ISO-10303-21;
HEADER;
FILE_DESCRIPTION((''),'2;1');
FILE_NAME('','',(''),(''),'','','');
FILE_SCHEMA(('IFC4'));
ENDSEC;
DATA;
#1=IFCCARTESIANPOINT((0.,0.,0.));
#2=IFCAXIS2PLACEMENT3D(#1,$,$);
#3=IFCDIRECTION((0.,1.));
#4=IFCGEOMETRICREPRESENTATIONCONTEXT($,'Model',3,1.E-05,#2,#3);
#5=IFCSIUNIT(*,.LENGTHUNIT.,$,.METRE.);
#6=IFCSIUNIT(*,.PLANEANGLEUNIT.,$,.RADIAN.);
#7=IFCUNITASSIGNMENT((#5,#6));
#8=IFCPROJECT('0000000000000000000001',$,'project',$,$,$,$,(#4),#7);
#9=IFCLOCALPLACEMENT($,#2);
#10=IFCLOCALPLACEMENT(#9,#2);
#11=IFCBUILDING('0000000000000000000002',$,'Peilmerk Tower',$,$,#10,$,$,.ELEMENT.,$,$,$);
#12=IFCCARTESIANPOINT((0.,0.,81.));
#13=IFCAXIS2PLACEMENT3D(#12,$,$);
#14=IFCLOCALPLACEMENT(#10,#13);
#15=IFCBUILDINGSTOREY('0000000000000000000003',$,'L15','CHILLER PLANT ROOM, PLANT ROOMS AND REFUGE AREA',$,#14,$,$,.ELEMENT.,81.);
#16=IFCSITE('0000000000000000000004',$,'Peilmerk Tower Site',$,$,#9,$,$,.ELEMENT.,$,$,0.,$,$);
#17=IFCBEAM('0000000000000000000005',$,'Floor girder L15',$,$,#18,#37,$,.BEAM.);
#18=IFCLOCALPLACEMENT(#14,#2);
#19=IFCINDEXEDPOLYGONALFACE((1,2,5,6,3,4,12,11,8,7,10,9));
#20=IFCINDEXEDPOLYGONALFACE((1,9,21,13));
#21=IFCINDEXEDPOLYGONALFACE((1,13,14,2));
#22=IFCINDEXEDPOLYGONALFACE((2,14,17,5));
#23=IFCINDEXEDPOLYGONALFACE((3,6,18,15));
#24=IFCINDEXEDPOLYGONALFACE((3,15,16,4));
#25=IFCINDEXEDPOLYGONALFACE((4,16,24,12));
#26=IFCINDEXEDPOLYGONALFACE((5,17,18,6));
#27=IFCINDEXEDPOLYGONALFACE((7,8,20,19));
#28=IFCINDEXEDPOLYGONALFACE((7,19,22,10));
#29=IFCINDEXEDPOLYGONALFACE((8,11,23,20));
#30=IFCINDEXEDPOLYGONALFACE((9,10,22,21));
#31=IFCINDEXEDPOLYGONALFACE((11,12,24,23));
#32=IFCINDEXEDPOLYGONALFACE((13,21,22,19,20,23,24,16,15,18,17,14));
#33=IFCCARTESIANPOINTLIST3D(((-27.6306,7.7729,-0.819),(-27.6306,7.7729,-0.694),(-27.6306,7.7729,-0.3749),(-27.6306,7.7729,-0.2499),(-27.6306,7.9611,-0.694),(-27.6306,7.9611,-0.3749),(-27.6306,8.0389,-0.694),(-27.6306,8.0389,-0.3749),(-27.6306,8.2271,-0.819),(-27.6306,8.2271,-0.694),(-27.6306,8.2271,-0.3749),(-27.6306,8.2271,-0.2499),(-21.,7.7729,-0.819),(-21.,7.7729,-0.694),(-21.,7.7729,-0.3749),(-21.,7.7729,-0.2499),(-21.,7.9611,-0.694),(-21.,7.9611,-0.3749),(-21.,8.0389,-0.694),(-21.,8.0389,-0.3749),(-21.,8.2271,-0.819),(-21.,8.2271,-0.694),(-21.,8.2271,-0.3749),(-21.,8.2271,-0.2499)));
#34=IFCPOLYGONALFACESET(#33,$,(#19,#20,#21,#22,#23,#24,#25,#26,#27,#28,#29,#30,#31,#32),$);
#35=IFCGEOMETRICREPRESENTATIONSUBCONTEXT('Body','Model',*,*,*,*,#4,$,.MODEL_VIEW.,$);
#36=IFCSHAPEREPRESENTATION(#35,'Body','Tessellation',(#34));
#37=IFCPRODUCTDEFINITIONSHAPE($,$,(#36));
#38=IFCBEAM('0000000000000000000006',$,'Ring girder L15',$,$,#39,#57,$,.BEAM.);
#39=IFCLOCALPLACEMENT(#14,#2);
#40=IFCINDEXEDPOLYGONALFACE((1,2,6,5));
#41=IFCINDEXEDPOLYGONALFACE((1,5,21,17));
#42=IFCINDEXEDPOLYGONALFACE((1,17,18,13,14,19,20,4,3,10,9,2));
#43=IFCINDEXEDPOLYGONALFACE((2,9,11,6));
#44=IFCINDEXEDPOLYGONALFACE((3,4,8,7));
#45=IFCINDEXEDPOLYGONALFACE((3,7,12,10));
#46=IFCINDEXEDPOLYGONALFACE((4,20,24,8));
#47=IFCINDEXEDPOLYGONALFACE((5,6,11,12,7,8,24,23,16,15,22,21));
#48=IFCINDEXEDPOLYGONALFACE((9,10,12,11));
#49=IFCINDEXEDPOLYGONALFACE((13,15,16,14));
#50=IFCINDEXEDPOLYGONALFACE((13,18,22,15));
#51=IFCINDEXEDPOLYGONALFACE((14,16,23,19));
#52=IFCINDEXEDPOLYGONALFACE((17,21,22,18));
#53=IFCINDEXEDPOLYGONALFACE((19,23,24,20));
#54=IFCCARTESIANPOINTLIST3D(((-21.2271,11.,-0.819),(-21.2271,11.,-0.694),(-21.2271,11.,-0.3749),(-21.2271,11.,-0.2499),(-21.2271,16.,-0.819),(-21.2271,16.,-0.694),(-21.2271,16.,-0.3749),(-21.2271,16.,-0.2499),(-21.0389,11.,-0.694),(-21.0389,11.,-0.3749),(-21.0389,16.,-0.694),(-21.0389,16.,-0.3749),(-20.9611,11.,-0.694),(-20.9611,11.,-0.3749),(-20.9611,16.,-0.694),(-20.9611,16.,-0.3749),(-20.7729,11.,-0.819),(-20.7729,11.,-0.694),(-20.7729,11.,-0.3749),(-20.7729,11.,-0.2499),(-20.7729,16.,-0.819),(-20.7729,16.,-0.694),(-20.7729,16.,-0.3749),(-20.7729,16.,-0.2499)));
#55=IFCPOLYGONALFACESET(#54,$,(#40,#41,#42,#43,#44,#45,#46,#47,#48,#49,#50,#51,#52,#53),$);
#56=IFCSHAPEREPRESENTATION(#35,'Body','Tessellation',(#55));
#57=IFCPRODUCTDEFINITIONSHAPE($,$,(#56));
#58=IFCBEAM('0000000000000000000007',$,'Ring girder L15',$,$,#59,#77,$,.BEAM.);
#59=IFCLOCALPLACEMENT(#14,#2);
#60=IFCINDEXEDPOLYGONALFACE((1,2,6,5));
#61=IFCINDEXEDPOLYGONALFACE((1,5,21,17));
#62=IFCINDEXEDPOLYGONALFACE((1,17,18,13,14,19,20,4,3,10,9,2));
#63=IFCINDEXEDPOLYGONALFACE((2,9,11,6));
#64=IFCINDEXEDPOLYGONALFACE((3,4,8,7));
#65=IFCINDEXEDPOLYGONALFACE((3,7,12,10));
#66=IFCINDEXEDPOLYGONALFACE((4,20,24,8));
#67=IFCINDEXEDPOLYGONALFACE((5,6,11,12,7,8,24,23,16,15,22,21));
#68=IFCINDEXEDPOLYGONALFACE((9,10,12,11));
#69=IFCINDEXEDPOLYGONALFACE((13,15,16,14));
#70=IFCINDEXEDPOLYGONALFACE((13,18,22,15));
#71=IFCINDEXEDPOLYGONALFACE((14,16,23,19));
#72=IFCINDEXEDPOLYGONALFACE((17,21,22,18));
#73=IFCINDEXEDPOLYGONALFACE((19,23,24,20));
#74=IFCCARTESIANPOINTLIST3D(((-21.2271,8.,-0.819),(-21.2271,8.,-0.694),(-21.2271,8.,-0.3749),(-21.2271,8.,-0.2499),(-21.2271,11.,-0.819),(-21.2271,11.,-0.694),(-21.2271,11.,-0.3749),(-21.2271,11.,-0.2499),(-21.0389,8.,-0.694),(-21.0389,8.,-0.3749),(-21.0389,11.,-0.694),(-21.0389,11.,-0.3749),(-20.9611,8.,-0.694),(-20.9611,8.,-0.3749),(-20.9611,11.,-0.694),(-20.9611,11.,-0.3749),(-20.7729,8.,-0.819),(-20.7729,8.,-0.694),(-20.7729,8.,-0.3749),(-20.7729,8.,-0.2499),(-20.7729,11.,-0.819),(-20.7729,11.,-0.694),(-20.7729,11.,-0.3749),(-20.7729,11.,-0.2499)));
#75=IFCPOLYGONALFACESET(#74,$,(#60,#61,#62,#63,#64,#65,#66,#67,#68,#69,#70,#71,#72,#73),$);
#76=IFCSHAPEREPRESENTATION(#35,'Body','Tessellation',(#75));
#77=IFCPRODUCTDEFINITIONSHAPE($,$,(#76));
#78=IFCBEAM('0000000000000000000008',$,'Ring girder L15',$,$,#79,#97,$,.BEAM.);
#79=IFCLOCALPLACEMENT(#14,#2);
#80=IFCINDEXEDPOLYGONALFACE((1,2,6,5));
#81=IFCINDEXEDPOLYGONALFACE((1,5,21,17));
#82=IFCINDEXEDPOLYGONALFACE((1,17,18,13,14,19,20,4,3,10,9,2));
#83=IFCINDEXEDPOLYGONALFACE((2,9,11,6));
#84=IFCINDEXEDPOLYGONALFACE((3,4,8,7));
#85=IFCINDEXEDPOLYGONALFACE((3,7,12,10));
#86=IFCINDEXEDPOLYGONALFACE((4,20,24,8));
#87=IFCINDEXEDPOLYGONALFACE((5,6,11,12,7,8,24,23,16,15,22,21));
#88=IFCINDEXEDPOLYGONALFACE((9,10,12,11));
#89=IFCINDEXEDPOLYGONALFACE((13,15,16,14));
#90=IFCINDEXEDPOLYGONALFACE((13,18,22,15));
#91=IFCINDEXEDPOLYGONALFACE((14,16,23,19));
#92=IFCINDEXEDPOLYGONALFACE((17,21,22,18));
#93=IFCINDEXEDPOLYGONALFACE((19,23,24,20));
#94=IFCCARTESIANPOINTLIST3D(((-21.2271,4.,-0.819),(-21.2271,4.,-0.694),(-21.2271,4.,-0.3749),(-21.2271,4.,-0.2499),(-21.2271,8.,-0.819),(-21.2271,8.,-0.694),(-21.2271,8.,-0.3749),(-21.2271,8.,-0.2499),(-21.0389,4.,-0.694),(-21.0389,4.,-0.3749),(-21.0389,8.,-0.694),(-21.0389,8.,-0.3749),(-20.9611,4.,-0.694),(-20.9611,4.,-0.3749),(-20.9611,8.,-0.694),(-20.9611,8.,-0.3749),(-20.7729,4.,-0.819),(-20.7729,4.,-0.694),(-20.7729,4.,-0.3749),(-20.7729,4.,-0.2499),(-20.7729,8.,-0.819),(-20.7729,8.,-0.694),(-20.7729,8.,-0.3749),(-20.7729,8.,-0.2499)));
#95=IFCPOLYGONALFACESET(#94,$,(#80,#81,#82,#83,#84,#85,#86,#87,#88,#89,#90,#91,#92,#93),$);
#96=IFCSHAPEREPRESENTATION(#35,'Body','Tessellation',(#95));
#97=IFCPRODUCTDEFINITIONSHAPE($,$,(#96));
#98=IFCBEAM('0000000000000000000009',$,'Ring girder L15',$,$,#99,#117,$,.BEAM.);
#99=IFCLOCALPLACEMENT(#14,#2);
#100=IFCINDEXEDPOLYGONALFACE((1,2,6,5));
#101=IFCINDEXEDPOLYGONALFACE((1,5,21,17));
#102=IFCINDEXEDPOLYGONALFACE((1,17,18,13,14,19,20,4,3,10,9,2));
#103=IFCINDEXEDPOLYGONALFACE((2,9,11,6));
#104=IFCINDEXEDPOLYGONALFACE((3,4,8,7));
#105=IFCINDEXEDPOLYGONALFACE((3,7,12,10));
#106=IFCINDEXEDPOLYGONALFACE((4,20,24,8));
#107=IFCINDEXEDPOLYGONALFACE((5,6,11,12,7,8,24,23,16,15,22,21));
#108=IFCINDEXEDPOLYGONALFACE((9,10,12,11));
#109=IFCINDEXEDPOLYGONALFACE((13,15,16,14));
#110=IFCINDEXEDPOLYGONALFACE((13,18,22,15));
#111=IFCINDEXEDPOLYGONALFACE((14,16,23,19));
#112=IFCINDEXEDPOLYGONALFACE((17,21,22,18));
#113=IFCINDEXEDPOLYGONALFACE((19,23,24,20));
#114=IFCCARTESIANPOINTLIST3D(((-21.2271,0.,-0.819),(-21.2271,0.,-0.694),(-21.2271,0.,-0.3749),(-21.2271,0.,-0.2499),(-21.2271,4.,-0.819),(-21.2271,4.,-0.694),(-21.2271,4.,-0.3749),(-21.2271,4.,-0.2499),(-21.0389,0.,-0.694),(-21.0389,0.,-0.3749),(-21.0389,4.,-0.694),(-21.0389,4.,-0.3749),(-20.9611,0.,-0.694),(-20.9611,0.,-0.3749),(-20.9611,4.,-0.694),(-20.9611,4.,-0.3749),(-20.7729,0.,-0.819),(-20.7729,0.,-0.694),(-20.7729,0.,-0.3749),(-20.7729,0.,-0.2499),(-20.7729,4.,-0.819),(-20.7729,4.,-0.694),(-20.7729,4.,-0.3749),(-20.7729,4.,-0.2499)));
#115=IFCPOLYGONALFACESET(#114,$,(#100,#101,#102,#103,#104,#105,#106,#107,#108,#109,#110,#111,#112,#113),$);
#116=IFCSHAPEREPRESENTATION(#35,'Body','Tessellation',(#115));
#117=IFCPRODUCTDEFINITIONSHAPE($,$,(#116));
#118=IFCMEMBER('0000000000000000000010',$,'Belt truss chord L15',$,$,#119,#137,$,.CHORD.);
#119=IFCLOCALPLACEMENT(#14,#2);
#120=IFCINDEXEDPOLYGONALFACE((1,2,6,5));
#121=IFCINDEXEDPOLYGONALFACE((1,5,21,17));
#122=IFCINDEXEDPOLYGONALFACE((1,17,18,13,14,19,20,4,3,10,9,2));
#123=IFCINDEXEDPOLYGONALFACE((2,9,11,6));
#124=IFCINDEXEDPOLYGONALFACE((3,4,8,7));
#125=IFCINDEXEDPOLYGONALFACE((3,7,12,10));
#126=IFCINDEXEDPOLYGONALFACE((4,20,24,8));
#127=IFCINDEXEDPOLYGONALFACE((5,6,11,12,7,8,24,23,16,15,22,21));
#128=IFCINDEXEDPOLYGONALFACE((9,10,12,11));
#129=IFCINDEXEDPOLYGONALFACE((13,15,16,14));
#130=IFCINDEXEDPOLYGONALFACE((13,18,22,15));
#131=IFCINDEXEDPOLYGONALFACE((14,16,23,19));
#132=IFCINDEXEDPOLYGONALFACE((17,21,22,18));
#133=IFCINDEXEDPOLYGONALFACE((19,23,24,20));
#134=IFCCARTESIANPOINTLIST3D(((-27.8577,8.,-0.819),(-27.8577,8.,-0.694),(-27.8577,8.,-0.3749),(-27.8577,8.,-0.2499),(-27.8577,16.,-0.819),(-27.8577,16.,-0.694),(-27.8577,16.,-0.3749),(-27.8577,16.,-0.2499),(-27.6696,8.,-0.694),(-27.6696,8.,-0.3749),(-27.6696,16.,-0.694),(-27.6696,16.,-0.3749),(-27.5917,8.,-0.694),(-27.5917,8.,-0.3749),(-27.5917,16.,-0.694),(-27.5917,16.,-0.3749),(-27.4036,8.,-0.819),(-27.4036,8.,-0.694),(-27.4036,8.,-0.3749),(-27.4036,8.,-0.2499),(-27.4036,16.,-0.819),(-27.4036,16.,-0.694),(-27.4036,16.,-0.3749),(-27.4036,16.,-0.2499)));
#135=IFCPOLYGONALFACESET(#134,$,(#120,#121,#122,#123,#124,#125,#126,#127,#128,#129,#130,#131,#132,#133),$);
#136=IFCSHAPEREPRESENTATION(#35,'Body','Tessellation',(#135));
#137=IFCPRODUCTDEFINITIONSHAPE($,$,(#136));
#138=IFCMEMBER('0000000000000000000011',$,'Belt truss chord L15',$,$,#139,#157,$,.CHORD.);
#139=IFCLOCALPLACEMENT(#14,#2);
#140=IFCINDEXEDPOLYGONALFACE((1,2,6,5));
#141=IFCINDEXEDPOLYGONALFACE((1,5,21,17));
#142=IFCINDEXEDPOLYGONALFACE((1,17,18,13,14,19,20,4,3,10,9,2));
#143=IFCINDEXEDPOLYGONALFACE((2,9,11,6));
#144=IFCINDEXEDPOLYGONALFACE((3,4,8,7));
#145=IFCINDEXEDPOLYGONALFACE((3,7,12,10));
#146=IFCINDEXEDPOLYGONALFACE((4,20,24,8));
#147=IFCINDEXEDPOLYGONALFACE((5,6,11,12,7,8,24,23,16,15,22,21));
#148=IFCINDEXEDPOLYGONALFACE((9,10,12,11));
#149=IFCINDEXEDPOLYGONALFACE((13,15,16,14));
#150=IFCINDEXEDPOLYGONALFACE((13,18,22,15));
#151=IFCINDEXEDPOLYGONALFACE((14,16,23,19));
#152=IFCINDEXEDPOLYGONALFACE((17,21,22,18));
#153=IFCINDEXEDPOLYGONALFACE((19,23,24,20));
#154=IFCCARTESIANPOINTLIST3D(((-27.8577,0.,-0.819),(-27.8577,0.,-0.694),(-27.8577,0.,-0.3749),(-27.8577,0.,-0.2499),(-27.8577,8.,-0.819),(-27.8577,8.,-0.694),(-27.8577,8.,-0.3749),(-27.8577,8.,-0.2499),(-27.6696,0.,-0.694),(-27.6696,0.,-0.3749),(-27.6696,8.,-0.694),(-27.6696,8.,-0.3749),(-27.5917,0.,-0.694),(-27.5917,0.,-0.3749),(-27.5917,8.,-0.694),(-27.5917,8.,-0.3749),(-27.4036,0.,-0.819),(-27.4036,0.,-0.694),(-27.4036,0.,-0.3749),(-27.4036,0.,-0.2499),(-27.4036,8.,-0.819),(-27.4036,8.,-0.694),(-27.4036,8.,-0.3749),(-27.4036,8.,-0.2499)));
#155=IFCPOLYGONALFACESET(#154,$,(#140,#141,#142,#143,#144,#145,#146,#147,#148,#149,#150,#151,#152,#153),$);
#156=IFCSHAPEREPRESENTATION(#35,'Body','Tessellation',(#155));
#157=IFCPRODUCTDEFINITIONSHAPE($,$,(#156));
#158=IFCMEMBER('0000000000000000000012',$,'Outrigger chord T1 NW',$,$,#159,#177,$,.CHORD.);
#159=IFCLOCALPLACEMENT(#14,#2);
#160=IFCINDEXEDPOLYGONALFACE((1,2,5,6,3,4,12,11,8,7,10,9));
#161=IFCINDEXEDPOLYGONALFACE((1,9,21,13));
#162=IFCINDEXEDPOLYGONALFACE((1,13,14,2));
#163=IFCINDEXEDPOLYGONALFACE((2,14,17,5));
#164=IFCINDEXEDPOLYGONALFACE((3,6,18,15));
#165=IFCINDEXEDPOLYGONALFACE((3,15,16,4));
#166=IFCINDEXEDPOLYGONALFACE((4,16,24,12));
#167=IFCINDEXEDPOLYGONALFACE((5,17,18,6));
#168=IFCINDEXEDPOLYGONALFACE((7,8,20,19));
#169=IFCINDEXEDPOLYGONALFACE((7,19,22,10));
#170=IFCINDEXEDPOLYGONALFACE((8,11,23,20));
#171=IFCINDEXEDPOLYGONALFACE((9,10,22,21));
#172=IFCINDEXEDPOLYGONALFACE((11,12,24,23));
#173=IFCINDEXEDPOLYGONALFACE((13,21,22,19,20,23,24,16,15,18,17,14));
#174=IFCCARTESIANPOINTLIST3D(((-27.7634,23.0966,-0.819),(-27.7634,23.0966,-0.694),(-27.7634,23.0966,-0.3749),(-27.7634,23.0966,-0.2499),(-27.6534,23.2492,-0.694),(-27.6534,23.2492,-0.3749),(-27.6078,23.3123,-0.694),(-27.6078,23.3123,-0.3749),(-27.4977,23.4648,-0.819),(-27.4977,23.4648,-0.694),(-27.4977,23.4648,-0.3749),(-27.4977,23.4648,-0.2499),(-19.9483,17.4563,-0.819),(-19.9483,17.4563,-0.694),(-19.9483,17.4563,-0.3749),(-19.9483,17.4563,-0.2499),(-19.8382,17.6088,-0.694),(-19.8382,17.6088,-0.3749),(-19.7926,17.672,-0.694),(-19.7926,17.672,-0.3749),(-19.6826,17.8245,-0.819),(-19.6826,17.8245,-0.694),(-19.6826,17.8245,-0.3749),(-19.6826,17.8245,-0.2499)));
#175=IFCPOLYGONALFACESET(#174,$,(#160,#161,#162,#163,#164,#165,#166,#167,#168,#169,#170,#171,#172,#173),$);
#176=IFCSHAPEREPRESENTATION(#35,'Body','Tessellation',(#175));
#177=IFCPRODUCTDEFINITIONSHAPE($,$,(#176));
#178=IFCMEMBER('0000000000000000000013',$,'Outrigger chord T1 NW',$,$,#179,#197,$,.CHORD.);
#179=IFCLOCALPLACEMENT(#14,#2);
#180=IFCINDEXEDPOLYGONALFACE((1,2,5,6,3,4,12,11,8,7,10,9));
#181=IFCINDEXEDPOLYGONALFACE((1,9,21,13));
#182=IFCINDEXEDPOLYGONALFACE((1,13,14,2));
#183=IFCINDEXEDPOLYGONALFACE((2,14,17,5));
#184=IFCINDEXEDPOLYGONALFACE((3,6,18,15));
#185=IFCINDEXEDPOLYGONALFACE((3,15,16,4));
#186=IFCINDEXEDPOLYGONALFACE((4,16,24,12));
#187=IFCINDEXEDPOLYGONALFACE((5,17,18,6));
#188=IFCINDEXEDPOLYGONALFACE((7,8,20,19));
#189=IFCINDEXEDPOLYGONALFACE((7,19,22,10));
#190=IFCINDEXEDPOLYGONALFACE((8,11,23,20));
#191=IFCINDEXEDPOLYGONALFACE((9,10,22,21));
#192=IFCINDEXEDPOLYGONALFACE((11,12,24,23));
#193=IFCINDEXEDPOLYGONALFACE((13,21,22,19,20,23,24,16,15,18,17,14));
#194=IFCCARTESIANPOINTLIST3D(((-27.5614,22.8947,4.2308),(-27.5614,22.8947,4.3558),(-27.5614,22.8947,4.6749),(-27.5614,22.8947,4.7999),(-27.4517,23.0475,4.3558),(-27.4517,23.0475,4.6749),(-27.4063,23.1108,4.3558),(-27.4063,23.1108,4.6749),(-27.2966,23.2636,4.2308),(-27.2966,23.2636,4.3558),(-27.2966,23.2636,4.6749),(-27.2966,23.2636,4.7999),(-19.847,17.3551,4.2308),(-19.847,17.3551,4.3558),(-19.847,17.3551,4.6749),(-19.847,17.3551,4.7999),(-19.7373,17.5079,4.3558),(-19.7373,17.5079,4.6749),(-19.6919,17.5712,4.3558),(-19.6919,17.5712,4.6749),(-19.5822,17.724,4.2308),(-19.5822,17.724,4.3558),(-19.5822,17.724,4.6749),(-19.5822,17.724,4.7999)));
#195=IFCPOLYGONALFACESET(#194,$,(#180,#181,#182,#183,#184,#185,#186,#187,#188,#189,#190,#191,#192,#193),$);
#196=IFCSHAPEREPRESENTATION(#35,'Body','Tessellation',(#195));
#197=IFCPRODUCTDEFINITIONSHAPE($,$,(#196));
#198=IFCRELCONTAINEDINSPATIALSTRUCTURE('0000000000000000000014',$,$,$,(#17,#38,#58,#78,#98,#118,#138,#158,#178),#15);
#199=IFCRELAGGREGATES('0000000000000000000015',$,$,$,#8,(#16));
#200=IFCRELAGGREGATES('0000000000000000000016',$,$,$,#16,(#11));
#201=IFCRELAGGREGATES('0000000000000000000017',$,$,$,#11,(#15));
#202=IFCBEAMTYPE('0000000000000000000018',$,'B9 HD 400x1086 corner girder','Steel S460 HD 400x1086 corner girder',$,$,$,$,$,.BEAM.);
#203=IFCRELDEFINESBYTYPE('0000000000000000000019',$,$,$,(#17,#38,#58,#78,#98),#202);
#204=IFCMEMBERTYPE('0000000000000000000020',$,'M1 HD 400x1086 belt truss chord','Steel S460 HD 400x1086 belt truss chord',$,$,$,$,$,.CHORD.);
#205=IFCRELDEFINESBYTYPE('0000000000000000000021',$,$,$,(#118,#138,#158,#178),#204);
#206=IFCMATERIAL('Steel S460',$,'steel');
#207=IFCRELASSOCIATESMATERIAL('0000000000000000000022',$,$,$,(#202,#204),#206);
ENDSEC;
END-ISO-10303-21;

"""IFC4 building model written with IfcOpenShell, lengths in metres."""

from ifc_helpers import new_model, si_unit, direction, frame, origin, origin_2d, place, context, subcontext, project, spatial, i_section, extrude, material, material_profile, profile_set, type_object, element, save


model = new_model("IFC4")

# Units and contexts
model_context = context("Model", 3, precision=1e-05, world=origin(), true_north=direction((0.0, 1.0)))
body_context = subcontext(model_context, "Body", "Model", "MODEL_VIEW")
ifc_project = project(units=[si_unit("LENGTHUNIT", "METRE"), si_unit("PLANEANGLEUNIT", "RADIAN")], contexts=[model_context])

# Site, building, storey
site_placement = place(None, origin())
site = spatial("IfcSite", under=ifc_project, at=site_placement, Name="Peilmerk Tower Site", CompositionType="ELEMENT", RefElevation=0.0)
building_placement = place(site_placement, origin())
building = spatial("IfcBuilding", under=site, at=building_placement, Name="Peilmerk Tower", CompositionType="ELEMENT")
storey_placement = place(building_placement, frame((0.0, 0.0, 81.0)))
storey = spatial("IfcBuildingStorey", under=building, at=storey_placement, Name="L15", Description="CHILLER PLANT ROOM, PLANT ROOMS AND REFUGE AREA", CompositionType="ELEMENT", Elevation=81.0)

# Shared definitions
ifc_material_1 = material(Name="Steel S460", Category="steel")

# Beams
ifc_material_profile_1 = material_profile(ifc_material_1, i_section(OverallWidth=0.4541, OverallDepth=0.5691, WebThickness=0.0779, FlangeThickness=0.125, at=origin_2d()), Name="HD 400x1086")
ifc_profile_set_1 = profile_set([ifc_material_profile_1], Name="Steel S460")
beam_type_1 = type_object("IfcBeamType", Name="B9 HD 400x1086 corner girder", Description="Steel S460 HD 400x1086 corner girder", PredefinedType="BEAM", material=ifc_profile_set_1)
beam_1_placement = place(storey_placement, frame((-21.0, 8.0, -0.5344), z_axis=(-1.0, 0.0, 0.0), x_axis=(0.0, -1.0, 0.0)))
element("IfcBeam", 1, at=beam_1_placement, inside=storey, type_object=beam_type_1, Name="Floor girder L15", PredefinedType="BEAM", context=body_context, shape_type="SweptSolid", body=[
    extrude(i_section(OverallWidth=0.4541, OverallDepth=0.5691, WebThickness=0.0779, FlangeThickness=0.125, at=origin_2d()), origin(), (0.0, 0.0, 1.0), 6.6306),
])
beam_2_placement = place(storey_placement, frame((-21.0, 16.0, -0.5344), z_axis=(0.0, -1.0, 0.0), x_axis=(1.0, 0.0, 0.0)))
element("IfcBeam", 2, at=beam_2_placement, inside=storey, type_object=beam_type_1, Name="Ring girder L15", PredefinedType="BEAM", context=body_context, shape_type="SweptSolid", body=[
    extrude(i_section(OverallWidth=0.4541, OverallDepth=0.5691, WebThickness=0.0779, FlangeThickness=0.125, at=origin_2d()), origin(), (0.0, 0.0, 1.0), 5.0),
])
beam_3_placement = place(storey_placement, frame((-21.0, 11.0, -0.5344), z_axis=(0.0, -1.0, 0.0), x_axis=(1.0, 0.0, 0.0)))
element("IfcBeam", 3, at=beam_3_placement, inside=storey, type_object=beam_type_1, Name="Ring girder L15", PredefinedType="BEAM", context=body_context, shape_type="SweptSolid", body=[
    extrude(i_section(OverallWidth=0.4541, OverallDepth=0.5691, WebThickness=0.0779, FlangeThickness=0.125, at=origin_2d()), origin(), (0.0, 0.0, 1.0), 3.0),
])
for number, where, z_axis, x_axis, name in (
    (4, (-21.0, 8.0, -0.5344), (0.0, -1.0, 0.0), (1.0, 0.0, 0.0), "Ring girder L15"),
    (5, (-21.0, 4.0, -0.5344), (0.0, -1.0, 0.0), (1.0, 0.0, 0.0), "Ring girder L15"),
):
    element("IfcBeam", number, at=place(storey_placement, frame(where, z_axis=z_axis, x_axis=x_axis)), inside=storey, type_object=beam_type_1, Name=name, PredefinedType="BEAM", context=body_context, shape_type="SweptSolid", body=[
        extrude(i_section(OverallWidth=0.4541, OverallDepth=0.5691, WebThickness=0.0779, FlangeThickness=0.125, at=origin_2d()), origin(), (0.0, 0.0, 1.0), 4.0),
    ])

# Members
ifc_material_profile_2 = material_profile(ifc_material_1, i_section(OverallWidth=0.4541, OverallDepth=0.5691, WebThickness=0.0779, FlangeThickness=0.125, at=origin_2d()), Name="HD 400x1086")
ifc_profile_set_2 = profile_set([ifc_material_profile_2], Name="Steel S460")
member_type_1 = type_object("IfcMemberType", Name="M1 HD 400x1086 belt truss chord", Description="Steel S460 HD 400x1086 belt truss chord", PredefinedType="CHORD", material=ifc_profile_set_2)
for number, where, z_axis, x_axis, name in (
    (6, (-27.6306, 16.0, -0.5344), (0.0, -1.0, 0.0), (1.0, 0.0, 0.0), "Belt truss chord L15"),
    (7, (-27.6306, 8.0, -0.5344), (0.0, -1.0, 0.0), (1.0, 0.0, 0.0), "Belt truss chord L15"),
):
    element("IfcMember", number, at=place(storey_placement, frame(where, z_axis=z_axis, x_axis=x_axis)), inside=storey, type_object=member_type_1, Name=name, PredefinedType="CHORD", context=body_context, shape_type="SweptSolid", body=[
        extrude(i_section(OverallWidth=0.4541, OverallDepth=0.5691, WebThickness=0.0779, FlangeThickness=0.125, at=origin_2d()), origin(), (0.0, 0.0, 1.0), 8.0),
    ])
member_1_placement = place(storey_placement, frame((-19.8154, 17.6404, -0.5344), z_axis=(-0.810872, 0.585223, 0.0), x_axis=(-0.585223, -0.810872, 0.0)))
element("IfcMember", 8, at=member_1_placement, inside=storey, type_object=member_type_1, Name="Outrigger chord T1 NW", PredefinedType="CHORD", context=body_context, shape_type="SweptSolid", body=[
    extrude(i_section(OverallWidth=0.4541, OverallDepth=0.5691, WebThickness=0.0779, FlangeThickness=0.125, at=origin_2d()), origin(), (0.0, 0.0, 1.0), 9.6379),
])
member_2_placement = place(storey_placement, frame((-19.7146, 17.5396, 4.5154), z_axis=(-0.812272, 0.583279, 0.0), x_axis=(-0.583279, -0.812272, 0.0)))
element("IfcMember", 9, at=member_2_placement, inside=storey, type_object=member_type_1, Name="Outrigger chord T1 NW", PredefinedType="CHORD", context=body_context, shape_type="SweptSolid", body=[
    extrude(i_section(OverallWidth=0.4541, OverallDepth=0.5691, WebThickness=0.0779, FlangeThickness=0.125, at=origin_2d()), origin(), (0.0, 0.0, 1.0), 9.4973),
])

save(model, "model.ifc")
